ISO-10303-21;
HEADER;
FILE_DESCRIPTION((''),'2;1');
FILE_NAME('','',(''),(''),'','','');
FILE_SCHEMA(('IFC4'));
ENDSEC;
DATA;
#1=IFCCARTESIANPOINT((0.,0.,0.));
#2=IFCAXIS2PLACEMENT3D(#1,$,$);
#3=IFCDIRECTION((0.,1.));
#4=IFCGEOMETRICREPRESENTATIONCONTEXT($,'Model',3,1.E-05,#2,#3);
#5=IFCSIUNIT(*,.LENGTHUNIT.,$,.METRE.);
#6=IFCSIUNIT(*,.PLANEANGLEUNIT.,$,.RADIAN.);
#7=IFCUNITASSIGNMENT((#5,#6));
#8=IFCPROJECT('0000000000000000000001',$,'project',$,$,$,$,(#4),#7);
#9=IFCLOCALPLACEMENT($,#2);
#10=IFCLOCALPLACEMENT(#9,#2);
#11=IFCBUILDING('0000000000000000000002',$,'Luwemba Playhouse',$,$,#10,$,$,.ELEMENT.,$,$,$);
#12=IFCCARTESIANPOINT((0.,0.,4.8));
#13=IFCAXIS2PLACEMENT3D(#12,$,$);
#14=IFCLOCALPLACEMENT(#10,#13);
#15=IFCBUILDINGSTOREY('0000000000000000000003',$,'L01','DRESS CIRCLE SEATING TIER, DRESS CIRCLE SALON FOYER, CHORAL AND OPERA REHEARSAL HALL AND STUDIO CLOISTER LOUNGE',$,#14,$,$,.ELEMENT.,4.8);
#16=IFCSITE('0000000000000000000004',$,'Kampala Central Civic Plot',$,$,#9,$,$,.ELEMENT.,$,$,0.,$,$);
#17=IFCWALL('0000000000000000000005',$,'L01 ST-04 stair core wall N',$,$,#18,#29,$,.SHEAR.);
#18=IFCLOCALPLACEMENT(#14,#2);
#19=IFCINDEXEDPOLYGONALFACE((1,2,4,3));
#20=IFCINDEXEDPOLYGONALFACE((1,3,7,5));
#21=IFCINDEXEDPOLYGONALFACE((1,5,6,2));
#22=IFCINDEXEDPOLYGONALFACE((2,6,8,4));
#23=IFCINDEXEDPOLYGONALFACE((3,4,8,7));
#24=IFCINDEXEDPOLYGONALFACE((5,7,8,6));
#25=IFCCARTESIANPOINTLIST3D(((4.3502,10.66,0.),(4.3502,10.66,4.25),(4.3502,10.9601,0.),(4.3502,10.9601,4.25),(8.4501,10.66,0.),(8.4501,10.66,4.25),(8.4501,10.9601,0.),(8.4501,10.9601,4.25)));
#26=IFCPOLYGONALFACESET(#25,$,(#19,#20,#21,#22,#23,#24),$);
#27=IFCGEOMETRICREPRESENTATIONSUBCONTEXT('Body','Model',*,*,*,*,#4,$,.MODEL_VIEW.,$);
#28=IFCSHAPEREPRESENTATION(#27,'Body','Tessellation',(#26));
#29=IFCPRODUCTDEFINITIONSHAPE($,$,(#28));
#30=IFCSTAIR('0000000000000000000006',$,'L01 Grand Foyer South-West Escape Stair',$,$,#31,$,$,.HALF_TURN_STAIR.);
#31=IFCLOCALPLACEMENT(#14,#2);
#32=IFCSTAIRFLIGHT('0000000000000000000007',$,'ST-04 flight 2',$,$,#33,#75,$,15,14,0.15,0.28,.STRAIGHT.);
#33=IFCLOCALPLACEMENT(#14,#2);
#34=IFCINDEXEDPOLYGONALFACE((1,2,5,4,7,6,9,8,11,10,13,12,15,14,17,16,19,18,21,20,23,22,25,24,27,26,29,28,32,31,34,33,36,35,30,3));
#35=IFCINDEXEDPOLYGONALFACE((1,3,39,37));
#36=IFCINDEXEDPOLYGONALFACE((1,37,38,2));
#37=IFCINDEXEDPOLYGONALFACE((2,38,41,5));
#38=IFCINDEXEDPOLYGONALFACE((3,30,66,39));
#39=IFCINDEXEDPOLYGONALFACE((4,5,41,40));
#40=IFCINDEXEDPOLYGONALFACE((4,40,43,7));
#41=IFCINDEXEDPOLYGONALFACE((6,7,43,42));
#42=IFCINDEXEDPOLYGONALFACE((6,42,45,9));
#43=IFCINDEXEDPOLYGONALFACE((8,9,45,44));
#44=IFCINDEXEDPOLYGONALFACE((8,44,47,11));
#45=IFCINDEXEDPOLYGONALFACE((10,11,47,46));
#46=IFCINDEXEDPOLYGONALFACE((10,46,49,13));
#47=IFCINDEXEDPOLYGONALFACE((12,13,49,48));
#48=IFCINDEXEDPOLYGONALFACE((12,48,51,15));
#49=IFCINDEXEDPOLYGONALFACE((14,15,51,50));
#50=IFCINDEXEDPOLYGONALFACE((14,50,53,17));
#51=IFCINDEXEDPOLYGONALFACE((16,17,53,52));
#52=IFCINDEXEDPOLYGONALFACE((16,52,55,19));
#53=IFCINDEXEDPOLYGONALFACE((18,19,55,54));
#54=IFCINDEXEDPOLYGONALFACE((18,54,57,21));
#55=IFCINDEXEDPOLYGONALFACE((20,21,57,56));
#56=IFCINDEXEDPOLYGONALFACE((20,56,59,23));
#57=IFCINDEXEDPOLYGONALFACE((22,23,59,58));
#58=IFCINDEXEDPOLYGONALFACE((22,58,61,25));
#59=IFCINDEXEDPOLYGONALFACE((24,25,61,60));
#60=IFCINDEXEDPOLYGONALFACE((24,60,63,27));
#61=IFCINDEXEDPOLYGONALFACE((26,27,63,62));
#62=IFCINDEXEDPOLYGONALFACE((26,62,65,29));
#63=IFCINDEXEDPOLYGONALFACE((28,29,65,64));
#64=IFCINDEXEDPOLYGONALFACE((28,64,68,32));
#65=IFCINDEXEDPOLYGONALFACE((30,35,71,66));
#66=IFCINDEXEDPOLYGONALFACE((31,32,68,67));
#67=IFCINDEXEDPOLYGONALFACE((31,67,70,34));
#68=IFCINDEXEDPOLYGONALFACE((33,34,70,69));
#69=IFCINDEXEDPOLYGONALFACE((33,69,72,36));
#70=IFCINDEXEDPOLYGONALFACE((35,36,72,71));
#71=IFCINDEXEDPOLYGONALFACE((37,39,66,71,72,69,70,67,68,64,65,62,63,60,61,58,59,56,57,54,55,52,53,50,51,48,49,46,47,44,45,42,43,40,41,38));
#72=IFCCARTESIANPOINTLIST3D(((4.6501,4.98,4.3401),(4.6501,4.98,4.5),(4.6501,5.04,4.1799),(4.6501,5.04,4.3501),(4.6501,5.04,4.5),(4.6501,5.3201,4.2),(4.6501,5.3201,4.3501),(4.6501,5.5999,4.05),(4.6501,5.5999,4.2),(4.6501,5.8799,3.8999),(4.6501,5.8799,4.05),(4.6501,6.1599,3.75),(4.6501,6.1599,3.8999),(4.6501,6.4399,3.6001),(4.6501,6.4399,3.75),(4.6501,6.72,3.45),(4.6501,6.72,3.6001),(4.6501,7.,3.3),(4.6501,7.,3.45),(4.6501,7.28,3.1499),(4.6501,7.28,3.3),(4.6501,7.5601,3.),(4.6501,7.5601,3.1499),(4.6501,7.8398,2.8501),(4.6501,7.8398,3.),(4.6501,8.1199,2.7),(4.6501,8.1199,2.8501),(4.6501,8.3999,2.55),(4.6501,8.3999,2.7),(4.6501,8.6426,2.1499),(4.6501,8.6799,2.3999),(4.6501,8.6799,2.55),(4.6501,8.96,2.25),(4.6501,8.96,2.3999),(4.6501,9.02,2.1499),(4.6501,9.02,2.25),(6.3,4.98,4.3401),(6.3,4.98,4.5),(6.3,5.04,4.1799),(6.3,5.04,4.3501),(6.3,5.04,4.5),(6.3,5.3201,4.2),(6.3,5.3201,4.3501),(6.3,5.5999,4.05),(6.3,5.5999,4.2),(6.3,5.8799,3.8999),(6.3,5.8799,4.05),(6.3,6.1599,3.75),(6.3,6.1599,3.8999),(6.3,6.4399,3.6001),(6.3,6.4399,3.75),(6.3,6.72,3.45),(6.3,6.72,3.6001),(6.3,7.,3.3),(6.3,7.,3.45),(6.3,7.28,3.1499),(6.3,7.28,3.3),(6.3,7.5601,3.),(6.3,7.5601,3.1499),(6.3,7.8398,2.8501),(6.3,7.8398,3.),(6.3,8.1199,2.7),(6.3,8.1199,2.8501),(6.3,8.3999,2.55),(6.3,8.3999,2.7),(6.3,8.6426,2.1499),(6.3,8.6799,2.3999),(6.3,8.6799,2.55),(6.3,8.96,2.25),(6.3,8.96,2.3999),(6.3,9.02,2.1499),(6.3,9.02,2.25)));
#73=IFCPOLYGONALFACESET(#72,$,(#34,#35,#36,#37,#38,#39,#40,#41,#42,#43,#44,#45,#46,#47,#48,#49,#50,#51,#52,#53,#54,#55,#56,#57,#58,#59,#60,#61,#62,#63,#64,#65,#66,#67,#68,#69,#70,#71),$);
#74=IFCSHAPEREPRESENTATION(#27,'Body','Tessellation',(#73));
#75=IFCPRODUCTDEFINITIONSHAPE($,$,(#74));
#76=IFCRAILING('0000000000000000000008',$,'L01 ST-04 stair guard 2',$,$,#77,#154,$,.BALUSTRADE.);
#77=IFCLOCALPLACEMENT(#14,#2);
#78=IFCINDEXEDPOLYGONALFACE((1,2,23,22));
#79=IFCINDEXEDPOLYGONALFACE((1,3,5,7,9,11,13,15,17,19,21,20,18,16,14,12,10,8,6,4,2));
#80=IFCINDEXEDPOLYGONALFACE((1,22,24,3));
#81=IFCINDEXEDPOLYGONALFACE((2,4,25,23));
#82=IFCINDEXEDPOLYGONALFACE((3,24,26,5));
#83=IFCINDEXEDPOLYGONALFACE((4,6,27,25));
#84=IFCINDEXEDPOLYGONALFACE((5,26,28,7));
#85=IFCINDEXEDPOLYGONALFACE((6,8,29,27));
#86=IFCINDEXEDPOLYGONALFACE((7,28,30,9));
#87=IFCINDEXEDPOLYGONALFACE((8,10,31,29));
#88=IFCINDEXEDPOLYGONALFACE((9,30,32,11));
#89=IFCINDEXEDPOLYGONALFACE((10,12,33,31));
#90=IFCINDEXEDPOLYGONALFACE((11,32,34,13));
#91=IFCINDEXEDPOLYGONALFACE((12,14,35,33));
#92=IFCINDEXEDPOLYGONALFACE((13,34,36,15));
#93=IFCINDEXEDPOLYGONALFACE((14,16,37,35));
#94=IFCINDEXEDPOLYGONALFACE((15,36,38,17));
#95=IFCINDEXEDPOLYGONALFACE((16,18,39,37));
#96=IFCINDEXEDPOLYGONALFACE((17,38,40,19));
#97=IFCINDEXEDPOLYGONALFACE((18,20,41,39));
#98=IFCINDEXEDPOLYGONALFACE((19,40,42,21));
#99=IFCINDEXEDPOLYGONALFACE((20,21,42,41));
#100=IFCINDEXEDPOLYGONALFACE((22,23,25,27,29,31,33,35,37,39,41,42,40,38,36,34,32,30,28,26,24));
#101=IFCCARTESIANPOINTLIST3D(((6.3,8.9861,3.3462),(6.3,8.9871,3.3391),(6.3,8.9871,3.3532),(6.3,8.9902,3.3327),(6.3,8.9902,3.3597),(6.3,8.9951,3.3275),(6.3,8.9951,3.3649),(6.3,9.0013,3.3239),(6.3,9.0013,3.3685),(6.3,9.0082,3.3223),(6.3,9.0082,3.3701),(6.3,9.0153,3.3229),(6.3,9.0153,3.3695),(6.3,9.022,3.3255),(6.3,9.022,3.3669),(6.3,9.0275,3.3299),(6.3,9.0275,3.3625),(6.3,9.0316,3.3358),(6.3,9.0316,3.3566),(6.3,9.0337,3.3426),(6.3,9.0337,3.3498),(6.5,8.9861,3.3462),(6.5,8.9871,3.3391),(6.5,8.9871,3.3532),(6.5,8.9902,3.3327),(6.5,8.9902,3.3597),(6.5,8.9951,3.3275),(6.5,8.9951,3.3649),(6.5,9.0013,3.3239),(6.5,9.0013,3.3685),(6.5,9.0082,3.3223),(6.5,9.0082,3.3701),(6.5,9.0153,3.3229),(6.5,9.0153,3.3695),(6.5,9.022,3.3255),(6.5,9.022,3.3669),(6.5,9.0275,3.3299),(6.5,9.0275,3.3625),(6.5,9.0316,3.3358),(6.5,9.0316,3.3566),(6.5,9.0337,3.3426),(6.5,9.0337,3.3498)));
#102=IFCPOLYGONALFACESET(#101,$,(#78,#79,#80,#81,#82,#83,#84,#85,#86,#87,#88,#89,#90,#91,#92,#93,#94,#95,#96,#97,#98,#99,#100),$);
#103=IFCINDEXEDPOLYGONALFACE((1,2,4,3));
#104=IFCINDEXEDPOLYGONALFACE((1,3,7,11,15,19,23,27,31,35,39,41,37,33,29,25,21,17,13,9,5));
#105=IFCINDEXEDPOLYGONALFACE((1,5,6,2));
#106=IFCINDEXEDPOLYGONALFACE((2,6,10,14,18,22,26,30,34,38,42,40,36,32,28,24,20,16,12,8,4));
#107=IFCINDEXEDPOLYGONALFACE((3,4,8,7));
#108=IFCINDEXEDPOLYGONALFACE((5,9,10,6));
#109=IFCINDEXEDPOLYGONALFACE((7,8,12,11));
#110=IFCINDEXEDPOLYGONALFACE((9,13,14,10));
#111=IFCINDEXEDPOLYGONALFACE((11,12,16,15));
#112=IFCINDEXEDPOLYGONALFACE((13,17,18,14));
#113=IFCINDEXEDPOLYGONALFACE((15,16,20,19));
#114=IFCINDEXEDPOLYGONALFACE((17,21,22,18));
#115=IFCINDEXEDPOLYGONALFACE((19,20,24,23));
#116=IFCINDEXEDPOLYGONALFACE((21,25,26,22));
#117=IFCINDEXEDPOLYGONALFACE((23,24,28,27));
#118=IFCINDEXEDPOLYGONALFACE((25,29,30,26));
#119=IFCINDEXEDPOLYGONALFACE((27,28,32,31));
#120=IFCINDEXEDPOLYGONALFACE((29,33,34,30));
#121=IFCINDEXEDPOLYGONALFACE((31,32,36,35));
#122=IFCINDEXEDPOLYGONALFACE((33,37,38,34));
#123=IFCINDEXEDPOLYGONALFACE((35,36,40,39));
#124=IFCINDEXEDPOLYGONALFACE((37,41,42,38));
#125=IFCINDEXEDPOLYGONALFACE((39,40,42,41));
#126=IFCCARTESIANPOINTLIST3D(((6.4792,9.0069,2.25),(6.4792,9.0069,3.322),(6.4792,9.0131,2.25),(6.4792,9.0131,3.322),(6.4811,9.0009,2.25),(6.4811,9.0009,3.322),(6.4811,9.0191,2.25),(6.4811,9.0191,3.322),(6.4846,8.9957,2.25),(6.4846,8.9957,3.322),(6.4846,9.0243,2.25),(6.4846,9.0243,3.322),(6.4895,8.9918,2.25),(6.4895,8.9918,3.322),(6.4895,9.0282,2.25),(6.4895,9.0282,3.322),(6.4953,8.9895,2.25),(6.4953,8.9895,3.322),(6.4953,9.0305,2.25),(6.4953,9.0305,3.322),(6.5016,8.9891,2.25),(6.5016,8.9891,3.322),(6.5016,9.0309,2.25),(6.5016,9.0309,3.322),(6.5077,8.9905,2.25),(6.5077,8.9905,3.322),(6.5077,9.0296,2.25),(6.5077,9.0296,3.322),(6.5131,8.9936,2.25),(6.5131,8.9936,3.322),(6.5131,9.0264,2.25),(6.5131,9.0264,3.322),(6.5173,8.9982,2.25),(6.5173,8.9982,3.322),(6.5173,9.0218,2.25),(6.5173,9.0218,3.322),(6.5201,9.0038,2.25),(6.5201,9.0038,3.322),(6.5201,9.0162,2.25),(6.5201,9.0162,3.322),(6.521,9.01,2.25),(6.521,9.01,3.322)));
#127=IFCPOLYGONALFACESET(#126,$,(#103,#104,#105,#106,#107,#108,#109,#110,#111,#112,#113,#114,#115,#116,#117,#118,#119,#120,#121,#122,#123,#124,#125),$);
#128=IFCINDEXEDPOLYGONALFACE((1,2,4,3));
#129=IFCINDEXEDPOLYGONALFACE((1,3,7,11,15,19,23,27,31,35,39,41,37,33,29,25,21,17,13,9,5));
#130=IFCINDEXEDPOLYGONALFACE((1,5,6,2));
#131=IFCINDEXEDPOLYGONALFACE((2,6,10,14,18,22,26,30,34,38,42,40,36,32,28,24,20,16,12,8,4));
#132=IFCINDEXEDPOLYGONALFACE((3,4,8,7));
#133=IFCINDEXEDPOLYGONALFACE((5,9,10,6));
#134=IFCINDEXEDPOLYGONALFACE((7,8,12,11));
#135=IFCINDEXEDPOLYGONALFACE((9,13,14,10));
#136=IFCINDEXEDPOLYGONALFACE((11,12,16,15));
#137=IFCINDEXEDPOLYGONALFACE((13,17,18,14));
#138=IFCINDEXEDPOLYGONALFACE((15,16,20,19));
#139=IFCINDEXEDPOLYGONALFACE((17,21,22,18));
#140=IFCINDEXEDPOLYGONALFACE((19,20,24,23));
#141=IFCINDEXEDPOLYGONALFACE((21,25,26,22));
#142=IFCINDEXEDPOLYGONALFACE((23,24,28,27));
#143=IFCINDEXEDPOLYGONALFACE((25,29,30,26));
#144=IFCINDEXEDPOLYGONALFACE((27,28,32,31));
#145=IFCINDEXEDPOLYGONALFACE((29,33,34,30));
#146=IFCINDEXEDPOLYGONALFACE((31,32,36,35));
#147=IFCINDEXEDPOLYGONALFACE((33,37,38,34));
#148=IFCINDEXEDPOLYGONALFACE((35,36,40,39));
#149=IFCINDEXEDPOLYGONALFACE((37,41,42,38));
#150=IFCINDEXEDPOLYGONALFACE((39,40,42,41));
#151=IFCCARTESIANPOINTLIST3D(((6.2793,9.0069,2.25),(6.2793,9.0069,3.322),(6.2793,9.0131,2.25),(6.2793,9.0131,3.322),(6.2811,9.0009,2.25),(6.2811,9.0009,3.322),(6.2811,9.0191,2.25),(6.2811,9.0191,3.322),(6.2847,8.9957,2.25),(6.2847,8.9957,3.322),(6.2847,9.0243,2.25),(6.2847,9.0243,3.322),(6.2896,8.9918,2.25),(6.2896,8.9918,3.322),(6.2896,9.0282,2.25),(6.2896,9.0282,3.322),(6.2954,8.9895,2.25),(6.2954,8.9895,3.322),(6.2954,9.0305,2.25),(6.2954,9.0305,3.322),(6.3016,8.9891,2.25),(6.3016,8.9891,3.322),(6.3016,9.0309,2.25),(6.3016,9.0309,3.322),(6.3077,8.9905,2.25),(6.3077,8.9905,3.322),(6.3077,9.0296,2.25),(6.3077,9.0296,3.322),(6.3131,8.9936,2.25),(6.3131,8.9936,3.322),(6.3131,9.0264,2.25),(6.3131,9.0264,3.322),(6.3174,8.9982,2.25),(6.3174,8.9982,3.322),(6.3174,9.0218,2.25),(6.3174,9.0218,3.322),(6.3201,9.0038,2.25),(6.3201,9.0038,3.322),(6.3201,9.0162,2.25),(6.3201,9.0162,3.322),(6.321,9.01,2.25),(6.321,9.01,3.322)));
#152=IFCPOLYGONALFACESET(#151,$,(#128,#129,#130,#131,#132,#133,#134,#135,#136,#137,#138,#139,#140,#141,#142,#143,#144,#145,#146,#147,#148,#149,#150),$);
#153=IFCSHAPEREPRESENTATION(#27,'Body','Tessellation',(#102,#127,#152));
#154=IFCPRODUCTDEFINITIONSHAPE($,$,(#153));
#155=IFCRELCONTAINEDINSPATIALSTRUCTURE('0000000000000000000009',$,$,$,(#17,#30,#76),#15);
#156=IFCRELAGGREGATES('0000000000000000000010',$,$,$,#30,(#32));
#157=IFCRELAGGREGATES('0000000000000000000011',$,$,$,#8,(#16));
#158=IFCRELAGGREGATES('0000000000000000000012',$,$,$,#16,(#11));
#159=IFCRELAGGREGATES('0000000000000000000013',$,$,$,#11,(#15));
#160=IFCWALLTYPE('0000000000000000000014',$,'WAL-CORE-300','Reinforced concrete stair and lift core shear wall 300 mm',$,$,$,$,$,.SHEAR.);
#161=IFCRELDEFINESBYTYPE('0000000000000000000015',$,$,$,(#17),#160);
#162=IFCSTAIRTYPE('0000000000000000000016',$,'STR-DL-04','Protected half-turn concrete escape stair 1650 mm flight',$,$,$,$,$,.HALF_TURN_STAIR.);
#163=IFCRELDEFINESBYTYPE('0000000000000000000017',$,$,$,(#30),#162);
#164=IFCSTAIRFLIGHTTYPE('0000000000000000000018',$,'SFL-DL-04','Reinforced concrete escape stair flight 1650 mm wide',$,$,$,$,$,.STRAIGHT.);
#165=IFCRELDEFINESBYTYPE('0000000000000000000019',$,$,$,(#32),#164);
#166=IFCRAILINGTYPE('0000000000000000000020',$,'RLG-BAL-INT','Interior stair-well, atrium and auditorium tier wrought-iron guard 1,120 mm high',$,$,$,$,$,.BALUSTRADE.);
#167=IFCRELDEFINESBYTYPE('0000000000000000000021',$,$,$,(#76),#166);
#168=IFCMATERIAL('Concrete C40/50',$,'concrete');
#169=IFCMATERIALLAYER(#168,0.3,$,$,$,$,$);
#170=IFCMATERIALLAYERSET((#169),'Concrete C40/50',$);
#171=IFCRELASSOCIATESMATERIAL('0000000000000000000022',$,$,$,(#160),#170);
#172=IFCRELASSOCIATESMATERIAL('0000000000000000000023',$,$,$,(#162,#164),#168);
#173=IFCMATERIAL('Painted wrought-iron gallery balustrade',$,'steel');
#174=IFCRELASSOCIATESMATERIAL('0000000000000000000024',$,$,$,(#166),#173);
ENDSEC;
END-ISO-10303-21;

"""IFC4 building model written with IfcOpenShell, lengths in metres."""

from ifc_helpers import new_model, si_unit, direction, frame, frame_2d, origin, origin_2d, place, context, subcontext, project, spatial, polyline, rectangle, circle, outline, extrude, material, layer, layer_set, type_object, element, aggregate, save


model = new_model("IFC4")

# Units and contexts
model_context = context("Model", 3, precision=1e-05, world=origin(), true_north=direction((0.0, 1.0)))
body_context = subcontext(model_context, "Body", "Model", "MODEL_VIEW")
ifc_project = project(units=[si_unit("LENGTHUNIT", "METRE"), si_unit("PLANEANGLEUNIT", "RADIAN")], contexts=[model_context])

# Site, building, storey
site_placement = place(None, origin())
site = spatial("IfcSite", under=ifc_project, at=site_placement, Name="Kampala Central Civic Plot", CompositionType="ELEMENT", RefElevation=0.0)
building_placement = place(site_placement, origin())
building = spatial("IfcBuilding", under=site, at=building_placement, Name="Luwemba Playhouse", CompositionType="ELEMENT")
storey_placement = place(building_placement, frame((0.0, 0.0, 4.8)))
storey = spatial("IfcBuildingStorey", under=building, at=storey_placement, Name="L01", Description="DRESS CIRCLE SEATING TIER, DRESS CIRCLE SALON FOYER, CHORAL AND OPERA REHEARSAL HALL AND STUDIO CLOISTER LOUNGE", CompositionType="ELEMENT", Elevation=4.8)

# Shared definitions
ifc_material_1 = material(Name="Concrete C40/50", Category="concrete")

# Wall
ifc_layer_1 = layer(ifc_material_1, 0.3)
ifc_layer_set_1 = layer_set([ifc_layer_1], Name="Concrete C40/50")
wall_type = type_object("IfcWallType", Name="WAL-CORE-300", Description="Reinforced concrete stair and lift core shear wall 300 mm", PredefinedType="SHEAR", material=ifc_layer_set_1)
wall_placement = place(storey_placement, frame((8.45, 10.8101, 0.0), z_axis=(0.0, 0.0, 1.0), x_axis=(-1.0, 0.0, 0.0)))
element("IfcWall", 1, at=wall_placement, inside=storey, type_object=wall_type, Name="L01 ST-04 stair core wall N", PredefinedType="SHEAR", context=body_context, shape_type="SweptSolid", body=[
    extrude(rectangle(XDim=4.0999, YDim=0.3, at=frame_2d((2.0498, 0.0))), origin(), (0.0, 0.0, 1.0), 4.25),
])

# Stair, stair flight
stair_type = type_object("IfcStairType", Name="STR-DL-04", Description="Protected half-turn concrete escape stair 1650 mm flight", PredefinedType="HALF_TURN_STAIR", material=ifc_material_1)
stair_placement = place(storey_placement, origin())
stair = element("IfcStair", 2, at=stair_placement, inside=storey, type_object=stair_type, Name="L01 Grand Foyer South-West Escape Stair", PredefinedType="HALF_TURN_STAIR")
stair_flight_type = type_object("IfcStairFlightType", Name="SFL-DL-04", Description="Reinforced concrete escape stair flight 1650 mm wide", PredefinedType="STRAIGHT", material=ifc_material_1)
stair_flight_placement = place(storey_placement, frame((5.4751, 8.96, 2.25), z_axis=(0.0, 0.0, 1.0), x_axis=(0.0, -1.0, 0.0)))
stair_flight = element("IfcStairFlight", 3, at=stair_flight_placement, type_object=stair_flight_type, Name="ST-04 flight 2", NumberOfRisers=15, NumberOfTreads=14, PredefinedType="STRAIGHT", RiserHeight=0.15, TreadLength=0.28, context=body_context, shape_type="SweptSolid", body=[
    extrude(outline(polyline([(-0.0601, -0.1001), (-0.0601, 0.0), (0.0, 0.0), (0.0, 0.1499), (0.28, 0.1499), (0.28, 0.3), (0.5601, 0.3), (0.5601, 0.45), (0.8401, 0.45), (0.8401, 0.6001), (1.1201, 0.6001), (1.1201, 0.75), (1.3999, 0.75), (1.3999, 0.8999), (1.6799, 0.8999), (1.6799, 1.05), (1.96, 1.05), (1.96, 1.2), (2.24, 1.2), (2.24, 1.3501), (2.52, 1.3501), (2.52, 1.5), (2.8, 1.5), (2.8, 1.6499), (3.0801, 1.6499), (3.0801, 1.8), (3.3601, 1.8), (3.3601, 1.95), (3.6399, 1.95), (3.6399, 2.1001), (3.9199, 2.1001), (3.9199, 2.25), (3.98, 2.25), (3.98, 2.0901), (3.9199, 1.9299), (0.3174, -0.1001), (-0.0601, -0.1001)])), frame((0.0, 0.825, 0.0), z_axis=(0.0, -1.0, 0.0), x_axis=(1.0, 0.0, 0.0)), (0.0, 0.0, 1.0), 1.6499),
])
aggregate(stair, [stair_flight])

# Railing
ifc_material_2 = material(Name="Painted wrought-iron gallery balustrade", Category="steel")
railing_type_1 = type_object("IfcRailingType", Name="RLG-BAL-INT", Description="Interior stair-well, atrium and auditorium tier wrought-iron guard 1,120 mm high", PredefinedType="BALUSTRADE", material=ifc_material_2)
railing_1_placement = place(storey_placement, frame((6.5, 9.01, 2.25)))
element("IfcRailing", 4, at=railing_1_placement, inside=storey, type_object=railing_type_1, Name="L01 ST-04 stair guard 2", PredefinedType="BALUSTRADE", context=body_context, shape_type="SweptSolid", body=[
    extrude(circle(Radius=0.0239, at=origin_2d()), frame((0.0, 0.0, 1.0962), z_axis=(-1.0, 0.0, 0.0), x_axis=(0.0, -1.0, 0.0)), (0.0, 0.0, 1.0), 0.2),
    extrude(circle(Radius=0.021, at=origin_2d()), origin(), (0.0, 0.0, 1.0), 1.072),
    extrude(circle(Radius=0.021, at=origin_2d()), frame((-0.2, 0.0, 0.0)), (0.0, 0.0, 1.0), 1.072),
])

save(model, "model.ifc")
